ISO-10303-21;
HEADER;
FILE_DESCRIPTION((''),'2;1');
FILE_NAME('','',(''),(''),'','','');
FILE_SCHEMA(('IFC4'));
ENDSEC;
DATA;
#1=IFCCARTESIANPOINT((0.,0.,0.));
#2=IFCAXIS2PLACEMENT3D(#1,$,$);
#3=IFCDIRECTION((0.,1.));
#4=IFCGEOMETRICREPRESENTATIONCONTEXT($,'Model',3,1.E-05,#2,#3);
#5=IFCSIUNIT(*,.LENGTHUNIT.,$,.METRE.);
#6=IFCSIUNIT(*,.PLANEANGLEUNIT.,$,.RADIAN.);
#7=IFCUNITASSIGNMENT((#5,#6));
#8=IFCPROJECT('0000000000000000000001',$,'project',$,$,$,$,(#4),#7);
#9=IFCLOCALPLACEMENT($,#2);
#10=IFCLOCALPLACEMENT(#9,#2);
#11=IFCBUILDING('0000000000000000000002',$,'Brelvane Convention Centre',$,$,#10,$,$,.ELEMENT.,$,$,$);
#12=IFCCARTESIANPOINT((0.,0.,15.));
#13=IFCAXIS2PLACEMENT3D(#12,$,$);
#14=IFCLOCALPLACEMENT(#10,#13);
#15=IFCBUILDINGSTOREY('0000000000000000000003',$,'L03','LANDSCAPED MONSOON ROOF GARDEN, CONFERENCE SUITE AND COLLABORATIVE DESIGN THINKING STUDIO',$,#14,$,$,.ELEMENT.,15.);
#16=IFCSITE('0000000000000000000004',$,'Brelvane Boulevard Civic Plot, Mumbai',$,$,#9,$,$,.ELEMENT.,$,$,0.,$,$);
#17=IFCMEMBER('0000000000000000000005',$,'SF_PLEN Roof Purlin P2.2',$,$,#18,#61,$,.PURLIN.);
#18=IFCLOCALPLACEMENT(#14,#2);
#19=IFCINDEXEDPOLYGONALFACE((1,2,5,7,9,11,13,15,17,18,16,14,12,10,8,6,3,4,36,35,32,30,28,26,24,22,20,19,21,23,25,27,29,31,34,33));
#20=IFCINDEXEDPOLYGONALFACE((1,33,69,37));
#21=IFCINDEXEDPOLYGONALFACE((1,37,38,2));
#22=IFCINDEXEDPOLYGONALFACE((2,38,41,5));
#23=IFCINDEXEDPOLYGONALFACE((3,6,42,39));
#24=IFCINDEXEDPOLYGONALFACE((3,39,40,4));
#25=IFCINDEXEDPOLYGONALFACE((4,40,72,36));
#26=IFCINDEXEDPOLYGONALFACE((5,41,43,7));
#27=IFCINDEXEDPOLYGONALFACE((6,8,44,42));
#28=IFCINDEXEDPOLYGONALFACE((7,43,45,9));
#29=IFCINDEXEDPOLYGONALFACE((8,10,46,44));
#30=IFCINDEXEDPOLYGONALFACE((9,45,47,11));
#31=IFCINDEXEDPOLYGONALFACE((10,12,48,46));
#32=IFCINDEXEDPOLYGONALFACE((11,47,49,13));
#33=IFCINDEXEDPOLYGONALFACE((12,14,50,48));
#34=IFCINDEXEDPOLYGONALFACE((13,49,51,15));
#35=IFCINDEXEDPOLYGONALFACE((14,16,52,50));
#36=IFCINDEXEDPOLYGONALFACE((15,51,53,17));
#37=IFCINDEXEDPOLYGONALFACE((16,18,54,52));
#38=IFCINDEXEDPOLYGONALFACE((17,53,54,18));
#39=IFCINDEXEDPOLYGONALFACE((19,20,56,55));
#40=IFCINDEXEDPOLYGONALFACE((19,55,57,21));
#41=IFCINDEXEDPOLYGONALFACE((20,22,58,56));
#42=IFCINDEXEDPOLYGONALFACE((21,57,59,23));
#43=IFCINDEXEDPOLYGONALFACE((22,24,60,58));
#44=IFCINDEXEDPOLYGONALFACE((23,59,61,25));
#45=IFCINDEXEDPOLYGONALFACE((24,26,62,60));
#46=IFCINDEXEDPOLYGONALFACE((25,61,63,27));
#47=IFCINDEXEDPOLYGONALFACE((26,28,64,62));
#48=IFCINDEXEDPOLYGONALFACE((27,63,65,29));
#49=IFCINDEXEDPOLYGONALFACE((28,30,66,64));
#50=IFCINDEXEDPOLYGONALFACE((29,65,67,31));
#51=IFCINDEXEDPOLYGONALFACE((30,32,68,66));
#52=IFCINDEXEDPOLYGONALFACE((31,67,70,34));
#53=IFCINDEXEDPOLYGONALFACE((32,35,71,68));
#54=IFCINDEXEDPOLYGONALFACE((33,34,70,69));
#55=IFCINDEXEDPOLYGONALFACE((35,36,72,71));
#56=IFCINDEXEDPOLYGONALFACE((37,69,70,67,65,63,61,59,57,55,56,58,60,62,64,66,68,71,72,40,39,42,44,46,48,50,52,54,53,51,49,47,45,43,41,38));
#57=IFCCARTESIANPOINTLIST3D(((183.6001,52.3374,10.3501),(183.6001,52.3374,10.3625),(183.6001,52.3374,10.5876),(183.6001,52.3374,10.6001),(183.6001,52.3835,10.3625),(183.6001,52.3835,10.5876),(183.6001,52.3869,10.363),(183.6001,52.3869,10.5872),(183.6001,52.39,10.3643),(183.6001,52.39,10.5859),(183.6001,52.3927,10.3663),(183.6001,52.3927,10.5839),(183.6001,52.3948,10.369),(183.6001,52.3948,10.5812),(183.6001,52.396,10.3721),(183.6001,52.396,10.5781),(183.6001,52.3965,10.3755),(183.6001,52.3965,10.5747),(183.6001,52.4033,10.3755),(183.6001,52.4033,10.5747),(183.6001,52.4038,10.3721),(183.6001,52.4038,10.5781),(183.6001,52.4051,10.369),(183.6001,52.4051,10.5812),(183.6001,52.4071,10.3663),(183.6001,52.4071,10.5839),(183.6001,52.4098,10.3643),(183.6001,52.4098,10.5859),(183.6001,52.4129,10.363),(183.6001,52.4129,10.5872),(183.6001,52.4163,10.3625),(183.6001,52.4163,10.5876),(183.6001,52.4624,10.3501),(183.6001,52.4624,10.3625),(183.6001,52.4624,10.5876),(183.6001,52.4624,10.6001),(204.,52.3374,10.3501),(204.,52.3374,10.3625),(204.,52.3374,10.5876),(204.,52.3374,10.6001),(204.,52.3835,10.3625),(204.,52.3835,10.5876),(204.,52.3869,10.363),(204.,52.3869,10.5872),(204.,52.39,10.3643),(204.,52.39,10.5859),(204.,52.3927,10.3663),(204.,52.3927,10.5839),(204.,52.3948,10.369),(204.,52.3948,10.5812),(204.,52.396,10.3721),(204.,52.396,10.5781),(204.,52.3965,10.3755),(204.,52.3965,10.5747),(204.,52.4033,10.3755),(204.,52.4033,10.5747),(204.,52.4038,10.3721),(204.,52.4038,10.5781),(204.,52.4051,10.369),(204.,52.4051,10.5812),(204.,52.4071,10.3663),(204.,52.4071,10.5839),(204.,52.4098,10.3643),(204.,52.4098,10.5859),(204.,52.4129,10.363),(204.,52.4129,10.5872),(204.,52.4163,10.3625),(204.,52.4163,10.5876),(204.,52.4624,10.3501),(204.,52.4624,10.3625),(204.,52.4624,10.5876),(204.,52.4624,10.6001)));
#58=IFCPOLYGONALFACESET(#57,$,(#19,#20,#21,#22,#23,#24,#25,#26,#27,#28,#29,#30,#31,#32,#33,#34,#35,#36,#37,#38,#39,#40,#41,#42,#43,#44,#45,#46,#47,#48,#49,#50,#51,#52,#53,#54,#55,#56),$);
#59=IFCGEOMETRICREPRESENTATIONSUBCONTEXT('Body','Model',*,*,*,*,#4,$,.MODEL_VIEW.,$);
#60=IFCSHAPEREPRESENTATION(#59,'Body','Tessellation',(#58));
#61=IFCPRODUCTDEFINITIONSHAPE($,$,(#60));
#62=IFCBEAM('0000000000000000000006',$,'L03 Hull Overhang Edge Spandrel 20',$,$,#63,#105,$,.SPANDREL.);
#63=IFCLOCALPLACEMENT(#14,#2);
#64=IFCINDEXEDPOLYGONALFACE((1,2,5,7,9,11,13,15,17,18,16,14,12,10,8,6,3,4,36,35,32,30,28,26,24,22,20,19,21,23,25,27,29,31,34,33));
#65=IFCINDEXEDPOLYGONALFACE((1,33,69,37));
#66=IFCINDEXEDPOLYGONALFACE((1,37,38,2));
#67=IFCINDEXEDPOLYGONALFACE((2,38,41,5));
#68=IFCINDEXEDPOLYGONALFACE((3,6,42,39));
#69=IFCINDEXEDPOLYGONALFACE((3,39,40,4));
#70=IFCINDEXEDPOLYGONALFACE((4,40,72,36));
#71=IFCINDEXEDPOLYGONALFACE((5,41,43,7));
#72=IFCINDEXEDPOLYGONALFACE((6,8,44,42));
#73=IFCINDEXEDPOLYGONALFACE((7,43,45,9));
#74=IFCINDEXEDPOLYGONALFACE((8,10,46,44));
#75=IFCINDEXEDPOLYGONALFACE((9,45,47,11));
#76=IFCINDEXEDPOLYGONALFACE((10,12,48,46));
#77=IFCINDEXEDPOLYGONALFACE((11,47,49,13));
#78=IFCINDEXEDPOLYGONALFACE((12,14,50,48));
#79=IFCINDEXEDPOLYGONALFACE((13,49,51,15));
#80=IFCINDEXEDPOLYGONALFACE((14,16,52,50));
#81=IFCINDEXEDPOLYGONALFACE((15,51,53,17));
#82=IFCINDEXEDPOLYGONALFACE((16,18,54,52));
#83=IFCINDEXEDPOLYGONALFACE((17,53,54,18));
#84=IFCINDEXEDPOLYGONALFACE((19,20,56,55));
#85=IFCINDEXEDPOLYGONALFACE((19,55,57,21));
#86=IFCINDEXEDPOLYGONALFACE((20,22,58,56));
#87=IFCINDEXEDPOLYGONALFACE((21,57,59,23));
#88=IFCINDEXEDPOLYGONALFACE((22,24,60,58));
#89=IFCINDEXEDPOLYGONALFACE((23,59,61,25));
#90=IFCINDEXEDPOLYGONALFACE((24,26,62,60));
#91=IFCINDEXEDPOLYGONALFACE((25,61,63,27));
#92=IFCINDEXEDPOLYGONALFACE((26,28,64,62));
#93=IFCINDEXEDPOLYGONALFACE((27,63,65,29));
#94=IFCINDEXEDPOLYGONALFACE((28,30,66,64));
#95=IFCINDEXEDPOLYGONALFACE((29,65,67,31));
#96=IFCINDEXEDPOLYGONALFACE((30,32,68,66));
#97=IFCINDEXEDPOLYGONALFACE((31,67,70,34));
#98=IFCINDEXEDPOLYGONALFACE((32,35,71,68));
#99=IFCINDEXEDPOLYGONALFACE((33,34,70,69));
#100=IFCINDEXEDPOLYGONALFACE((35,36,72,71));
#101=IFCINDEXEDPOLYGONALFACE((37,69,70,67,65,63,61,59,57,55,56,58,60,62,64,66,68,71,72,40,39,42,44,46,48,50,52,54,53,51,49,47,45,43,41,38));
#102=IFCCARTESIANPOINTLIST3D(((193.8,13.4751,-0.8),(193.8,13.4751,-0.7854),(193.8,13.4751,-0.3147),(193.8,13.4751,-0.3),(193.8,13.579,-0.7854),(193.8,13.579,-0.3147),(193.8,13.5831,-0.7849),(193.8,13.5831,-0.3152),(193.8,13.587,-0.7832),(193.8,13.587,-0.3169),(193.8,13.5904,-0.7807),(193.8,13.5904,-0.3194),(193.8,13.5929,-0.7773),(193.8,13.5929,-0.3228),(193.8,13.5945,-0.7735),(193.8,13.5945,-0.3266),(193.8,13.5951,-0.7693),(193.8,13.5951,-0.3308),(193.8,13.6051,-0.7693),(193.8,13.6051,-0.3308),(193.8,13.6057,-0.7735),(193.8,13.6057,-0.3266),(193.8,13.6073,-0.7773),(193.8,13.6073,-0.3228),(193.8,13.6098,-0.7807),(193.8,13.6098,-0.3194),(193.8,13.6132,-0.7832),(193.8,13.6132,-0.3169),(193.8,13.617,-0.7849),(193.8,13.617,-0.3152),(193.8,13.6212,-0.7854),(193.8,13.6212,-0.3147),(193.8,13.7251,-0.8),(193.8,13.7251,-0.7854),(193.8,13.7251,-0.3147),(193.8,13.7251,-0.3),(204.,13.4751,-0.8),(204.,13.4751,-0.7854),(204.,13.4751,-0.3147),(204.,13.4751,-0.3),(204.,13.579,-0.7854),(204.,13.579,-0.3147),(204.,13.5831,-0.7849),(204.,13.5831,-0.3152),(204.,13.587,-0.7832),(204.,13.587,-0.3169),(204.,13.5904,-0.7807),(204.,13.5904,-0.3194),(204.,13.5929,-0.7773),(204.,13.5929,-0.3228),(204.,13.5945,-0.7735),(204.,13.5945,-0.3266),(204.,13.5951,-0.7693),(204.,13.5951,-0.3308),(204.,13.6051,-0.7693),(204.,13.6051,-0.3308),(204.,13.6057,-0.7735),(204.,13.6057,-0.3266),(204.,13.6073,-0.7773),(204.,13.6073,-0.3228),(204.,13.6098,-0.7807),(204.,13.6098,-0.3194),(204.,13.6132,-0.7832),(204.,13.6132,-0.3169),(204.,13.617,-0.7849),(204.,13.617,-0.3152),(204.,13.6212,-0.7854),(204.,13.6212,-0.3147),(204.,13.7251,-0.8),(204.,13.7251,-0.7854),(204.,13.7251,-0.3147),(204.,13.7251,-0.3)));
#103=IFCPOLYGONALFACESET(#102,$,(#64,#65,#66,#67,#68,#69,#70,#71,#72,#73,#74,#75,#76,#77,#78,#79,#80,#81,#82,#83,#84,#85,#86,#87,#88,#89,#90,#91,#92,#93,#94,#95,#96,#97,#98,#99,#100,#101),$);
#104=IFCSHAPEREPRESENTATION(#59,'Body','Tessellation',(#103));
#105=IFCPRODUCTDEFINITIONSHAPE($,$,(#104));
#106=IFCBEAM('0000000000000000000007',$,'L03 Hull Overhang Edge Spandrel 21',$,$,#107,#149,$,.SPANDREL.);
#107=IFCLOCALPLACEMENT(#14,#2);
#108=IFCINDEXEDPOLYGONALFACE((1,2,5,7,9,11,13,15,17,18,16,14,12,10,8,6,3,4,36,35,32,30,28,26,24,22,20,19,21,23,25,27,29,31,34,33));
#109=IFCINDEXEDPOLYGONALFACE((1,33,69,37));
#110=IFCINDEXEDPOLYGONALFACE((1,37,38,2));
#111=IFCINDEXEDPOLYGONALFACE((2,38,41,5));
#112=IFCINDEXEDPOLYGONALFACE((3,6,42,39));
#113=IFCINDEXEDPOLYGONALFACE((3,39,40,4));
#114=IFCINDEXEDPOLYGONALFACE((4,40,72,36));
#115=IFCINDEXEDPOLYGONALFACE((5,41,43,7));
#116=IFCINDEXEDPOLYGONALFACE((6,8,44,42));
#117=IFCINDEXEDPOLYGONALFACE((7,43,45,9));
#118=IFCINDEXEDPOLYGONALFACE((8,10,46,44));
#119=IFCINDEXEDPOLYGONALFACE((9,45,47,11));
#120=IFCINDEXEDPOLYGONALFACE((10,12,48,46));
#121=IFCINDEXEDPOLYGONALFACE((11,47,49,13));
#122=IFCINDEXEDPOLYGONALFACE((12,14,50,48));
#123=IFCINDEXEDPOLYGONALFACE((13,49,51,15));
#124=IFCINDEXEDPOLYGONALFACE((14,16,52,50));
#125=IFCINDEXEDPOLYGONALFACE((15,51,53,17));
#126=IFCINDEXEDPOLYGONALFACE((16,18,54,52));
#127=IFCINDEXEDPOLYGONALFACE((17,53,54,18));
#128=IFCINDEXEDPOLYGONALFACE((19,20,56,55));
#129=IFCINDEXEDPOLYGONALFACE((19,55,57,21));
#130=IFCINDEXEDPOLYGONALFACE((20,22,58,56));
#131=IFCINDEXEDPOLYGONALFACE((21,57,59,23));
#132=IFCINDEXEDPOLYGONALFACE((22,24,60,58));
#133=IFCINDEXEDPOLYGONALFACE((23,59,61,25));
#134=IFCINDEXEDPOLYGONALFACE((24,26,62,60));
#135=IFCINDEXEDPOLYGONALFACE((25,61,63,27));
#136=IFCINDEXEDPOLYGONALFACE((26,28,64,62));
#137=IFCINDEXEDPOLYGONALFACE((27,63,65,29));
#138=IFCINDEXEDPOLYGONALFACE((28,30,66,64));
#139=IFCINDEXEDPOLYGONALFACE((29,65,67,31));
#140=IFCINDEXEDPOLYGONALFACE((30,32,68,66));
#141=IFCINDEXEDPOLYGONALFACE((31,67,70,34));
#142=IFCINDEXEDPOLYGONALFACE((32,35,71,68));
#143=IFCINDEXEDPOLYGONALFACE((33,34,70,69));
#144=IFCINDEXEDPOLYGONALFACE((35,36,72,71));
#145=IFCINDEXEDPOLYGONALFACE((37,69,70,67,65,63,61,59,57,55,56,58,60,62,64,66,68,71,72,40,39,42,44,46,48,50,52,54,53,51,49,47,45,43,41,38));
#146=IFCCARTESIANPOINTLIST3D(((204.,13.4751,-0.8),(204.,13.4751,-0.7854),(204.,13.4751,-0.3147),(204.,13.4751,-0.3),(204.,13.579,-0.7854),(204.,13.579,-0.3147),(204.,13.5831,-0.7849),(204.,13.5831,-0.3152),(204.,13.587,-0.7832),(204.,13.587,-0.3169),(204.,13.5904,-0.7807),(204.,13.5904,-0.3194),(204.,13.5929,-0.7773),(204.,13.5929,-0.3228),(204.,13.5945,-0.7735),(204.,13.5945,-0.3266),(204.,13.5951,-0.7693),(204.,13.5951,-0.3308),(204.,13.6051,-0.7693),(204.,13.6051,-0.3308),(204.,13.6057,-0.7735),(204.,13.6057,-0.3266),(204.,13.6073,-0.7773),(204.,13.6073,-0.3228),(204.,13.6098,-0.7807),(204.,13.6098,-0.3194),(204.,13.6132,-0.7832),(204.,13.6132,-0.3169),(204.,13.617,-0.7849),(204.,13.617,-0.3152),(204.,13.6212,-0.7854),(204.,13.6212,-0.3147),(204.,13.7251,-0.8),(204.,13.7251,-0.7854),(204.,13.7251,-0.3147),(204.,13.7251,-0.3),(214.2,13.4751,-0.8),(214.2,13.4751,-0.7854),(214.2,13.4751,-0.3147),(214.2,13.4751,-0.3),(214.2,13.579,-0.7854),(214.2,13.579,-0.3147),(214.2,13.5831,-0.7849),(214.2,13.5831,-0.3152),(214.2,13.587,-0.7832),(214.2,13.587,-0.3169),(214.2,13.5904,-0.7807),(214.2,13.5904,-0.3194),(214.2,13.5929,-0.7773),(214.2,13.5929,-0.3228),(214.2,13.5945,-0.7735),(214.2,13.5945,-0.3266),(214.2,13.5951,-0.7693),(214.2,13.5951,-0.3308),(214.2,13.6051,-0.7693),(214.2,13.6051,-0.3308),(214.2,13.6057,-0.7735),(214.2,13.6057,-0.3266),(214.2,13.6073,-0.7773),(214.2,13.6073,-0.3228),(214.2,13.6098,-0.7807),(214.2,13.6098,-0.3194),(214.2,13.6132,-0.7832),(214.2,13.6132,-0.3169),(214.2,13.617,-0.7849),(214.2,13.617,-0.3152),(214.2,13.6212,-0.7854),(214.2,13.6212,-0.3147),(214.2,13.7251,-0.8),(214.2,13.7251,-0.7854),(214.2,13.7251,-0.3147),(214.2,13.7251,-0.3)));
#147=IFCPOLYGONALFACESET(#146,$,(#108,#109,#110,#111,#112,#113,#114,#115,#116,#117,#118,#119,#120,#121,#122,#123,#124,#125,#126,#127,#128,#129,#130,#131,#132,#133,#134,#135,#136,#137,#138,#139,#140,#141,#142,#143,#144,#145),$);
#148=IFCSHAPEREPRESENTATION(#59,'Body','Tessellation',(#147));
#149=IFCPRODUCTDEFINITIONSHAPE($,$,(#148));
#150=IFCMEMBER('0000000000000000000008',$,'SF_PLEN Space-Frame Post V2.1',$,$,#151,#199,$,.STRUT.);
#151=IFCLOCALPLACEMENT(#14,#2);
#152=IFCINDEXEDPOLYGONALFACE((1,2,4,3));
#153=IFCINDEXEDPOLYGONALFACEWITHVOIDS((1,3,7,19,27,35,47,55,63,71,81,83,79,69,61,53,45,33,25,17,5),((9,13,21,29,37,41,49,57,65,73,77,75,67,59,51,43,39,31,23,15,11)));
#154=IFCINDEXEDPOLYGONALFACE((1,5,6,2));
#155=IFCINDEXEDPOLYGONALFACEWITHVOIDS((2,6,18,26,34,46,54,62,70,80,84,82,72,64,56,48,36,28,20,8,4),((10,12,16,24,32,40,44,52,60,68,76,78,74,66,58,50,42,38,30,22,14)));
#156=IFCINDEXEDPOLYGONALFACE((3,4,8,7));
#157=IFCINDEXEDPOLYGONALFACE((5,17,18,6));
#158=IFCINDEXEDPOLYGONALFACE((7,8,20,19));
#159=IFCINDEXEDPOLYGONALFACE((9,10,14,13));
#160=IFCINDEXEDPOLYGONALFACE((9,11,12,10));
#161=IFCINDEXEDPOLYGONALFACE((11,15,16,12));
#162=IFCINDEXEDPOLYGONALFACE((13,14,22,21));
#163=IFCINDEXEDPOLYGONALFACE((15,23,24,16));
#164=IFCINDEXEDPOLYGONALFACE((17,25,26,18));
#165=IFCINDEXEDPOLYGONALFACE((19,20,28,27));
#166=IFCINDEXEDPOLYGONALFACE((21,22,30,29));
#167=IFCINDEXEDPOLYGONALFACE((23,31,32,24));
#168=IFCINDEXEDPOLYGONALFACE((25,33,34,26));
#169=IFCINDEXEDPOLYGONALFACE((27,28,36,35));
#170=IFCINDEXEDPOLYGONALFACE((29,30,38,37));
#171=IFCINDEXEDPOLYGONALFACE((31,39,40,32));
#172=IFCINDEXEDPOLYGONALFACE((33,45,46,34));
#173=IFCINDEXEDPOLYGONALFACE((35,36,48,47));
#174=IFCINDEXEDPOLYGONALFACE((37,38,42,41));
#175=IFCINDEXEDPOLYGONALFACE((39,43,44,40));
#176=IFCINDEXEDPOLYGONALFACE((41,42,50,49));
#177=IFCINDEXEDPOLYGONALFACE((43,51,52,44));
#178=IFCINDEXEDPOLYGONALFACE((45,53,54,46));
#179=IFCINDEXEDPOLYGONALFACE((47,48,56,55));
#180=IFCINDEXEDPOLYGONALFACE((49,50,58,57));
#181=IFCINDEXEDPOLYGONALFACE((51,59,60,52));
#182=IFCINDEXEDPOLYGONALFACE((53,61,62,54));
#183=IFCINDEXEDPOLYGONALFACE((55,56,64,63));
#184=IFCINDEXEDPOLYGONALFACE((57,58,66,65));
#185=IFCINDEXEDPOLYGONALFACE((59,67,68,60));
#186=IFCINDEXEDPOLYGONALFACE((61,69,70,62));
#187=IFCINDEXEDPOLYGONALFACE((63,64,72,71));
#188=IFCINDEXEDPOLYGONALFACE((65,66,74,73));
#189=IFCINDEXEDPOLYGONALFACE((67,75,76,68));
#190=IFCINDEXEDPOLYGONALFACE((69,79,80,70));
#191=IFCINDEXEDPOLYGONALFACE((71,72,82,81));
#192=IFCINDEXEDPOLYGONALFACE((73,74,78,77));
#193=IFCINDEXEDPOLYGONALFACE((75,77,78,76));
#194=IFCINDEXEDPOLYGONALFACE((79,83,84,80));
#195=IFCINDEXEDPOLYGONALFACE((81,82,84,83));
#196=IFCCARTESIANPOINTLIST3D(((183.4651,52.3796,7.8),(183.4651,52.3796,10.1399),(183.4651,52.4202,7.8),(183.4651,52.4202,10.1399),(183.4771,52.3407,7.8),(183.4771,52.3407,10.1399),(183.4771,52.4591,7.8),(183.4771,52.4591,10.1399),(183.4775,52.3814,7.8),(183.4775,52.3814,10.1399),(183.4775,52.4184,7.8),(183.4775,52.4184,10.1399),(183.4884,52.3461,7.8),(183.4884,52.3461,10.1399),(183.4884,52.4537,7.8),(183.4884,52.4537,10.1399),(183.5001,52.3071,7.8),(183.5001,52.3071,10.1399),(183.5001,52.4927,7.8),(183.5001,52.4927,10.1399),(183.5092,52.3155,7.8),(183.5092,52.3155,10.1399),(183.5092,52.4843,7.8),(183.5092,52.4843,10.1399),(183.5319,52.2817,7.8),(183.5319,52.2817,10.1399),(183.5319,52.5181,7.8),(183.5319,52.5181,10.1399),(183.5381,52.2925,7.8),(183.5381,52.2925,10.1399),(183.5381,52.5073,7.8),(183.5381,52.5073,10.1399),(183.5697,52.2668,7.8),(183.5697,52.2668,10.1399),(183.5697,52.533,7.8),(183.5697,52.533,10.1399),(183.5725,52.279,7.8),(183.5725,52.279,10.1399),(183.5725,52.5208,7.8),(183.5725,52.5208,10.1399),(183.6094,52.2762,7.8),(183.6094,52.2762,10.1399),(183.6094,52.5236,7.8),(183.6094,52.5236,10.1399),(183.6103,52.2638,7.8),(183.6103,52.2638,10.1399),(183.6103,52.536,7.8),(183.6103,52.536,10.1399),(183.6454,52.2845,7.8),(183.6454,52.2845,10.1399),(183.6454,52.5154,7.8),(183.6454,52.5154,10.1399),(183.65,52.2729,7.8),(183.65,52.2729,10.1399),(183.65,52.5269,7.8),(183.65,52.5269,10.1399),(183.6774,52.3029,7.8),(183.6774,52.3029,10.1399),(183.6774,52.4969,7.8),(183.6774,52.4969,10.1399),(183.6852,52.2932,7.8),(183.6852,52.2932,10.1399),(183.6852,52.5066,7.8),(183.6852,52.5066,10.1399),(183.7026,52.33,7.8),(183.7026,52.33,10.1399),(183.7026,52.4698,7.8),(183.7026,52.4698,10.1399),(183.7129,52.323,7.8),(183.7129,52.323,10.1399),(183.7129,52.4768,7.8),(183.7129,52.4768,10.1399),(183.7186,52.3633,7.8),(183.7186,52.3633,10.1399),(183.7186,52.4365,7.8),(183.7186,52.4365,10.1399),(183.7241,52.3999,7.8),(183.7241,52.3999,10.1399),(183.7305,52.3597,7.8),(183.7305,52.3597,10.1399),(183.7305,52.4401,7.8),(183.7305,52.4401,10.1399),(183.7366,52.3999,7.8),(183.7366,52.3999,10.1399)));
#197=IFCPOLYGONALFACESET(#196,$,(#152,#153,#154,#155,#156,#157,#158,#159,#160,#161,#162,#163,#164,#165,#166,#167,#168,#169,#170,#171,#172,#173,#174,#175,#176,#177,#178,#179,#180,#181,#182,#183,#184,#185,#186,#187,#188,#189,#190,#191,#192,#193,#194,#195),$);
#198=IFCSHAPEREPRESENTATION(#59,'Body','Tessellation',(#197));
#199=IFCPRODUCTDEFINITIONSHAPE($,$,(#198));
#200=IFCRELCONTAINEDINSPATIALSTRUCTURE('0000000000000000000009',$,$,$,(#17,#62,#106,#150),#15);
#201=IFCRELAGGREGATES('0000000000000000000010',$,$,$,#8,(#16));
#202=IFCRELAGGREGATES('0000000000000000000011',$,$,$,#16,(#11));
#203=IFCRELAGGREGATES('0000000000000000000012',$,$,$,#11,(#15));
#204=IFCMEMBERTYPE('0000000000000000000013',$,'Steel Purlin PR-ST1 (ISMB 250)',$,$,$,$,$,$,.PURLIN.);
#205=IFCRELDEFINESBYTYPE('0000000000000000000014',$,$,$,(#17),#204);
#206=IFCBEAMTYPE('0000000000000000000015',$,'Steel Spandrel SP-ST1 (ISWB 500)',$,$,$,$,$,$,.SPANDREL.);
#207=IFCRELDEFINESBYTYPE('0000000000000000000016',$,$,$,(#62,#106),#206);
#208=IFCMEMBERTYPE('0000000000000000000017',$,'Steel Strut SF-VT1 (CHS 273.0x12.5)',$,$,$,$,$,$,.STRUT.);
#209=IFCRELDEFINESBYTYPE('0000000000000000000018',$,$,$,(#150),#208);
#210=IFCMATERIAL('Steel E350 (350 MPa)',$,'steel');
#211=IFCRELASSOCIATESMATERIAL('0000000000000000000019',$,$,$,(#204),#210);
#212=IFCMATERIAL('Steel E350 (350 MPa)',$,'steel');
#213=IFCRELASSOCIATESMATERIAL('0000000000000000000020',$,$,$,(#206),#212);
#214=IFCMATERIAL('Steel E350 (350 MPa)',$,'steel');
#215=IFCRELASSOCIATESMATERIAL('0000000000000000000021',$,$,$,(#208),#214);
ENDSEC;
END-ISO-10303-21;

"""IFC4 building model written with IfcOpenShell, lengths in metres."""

from ifc_helpers import new_model, si_unit, direction, frame, origin, origin_2d, place, context, subcontext, project, spatial, hollow_circle, i_section, extrude, material, material_profile, profile_set, type_object, element, save


model = new_model("IFC4")

# Units and contexts
model_context = context("Model", 3, precision=1e-05, world=origin(), true_north=direction((0.0, 1.0)))
body_context = subcontext(model_context, "Body", "Model", "MODEL_VIEW")
ifc_project = project(units=[si_unit("LENGTHUNIT", "METRE"), si_unit("PLANEANGLEUNIT", "RADIAN")], contexts=[model_context])

# Site, building, storey
site_placement = place(None, origin())
site = spatial("IfcSite", under=ifc_project, at=site_placement, Name="Brelvane Boulevard Civic Plot, Mumbai", CompositionType="ELEMENT", RefElevation=0.0)
building_placement = place(site_placement, origin())
building = spatial("IfcBuilding", under=site, at=building_placement, Name="Brelvane Convention Centre", CompositionType="ELEMENT")
storey_placement = place(building_placement, frame((0.0, 0.0, 15.0)))
storey = spatial("IfcBuildingStorey", under=building, at=storey_placement, Name="L03", Description="LANDSCAPED MONSOON ROOF GARDEN, CONFERENCE SUITE AND COLLABORATIVE DESIGN THINKING STUDIO", CompositionType="ELEMENT", Elevation=15.0)

# Member
ifc_material_1 = material(Name="Steel E350 (350 MPa)", Category="steel")
ifc_material_profile_1 = material_profile(ifc_material_1, i_section(OverallWidth=0.125, OverallDepth=0.25, WebThickness=0.0068, FlangeThickness=0.0125, FilletRadius=0.0129, at=origin_2d()), Name="ISMB 250")
ifc_profile_set_1 = profile_set([ifc_material_profile_1], Name="Steel E350 (350 MPa)")
member_type_1 = type_object("IfcMemberType", Name="Steel Purlin PR-ST1 (ISMB 250)", PredefinedType="PURLIN", material=ifc_profile_set_1)
member_1_placement = place(storey_placement, frame((183.6001, 52.3999, 10.4751), z_axis=(1.0, 0.0, 0.0), x_axis=(0.0, 1.0, 0.0)))
element("IfcMember", 1, at=member_1_placement, inside=storey, type_object=member_type_1, Name="SF_PLEN Roof Purlin P2.2", PredefinedType="PURLIN", context=body_context, shape_type="SweptSolid", body=[
    extrude(i_section(OverallWidth=0.125, OverallDepth=0.25, WebThickness=0.0068, FlangeThickness=0.0125, FilletRadius=0.0129, at=origin_2d()), origin(), (0.0, 0.0, 1.0), 20.3999),
])

# Beams
ifc_material_2 = material(Name="Steel E350 (350 MPa)", Category="steel")
ifc_material_profile_2 = material_profile(ifc_material_2, i_section(OverallWidth=0.25, OverallDepth=0.5, WebThickness=0.01, FlangeThickness=0.0146, FilletRadius=0.0161, at=origin_2d()), Name="ISWB 500")
ifc_profile_set_2 = profile_set([ifc_material_profile_2], Name="Steel E350 (350 MPa)")
beam_type_1 = type_object("IfcBeamType", Name="Steel Spandrel SP-ST1 (ISWB 500)", PredefinedType="SPANDREL", material=ifc_profile_set_2)
for number, where, z_axis, x_axis, name in (
    (2, (193.8, 13.6001, -0.55), (1.0, 0.0, 0.0), (0.0, 1.0, 0.0), "L03 Hull Overhang Edge Spandrel 20"),
    (3, (204.0, 13.6001, -0.55), (1.0, 0.0, 0.0), (0.0, 1.0, 0.0), "L03 Hull Overhang Edge Spandrel 21"),
):
    element("IfcBeam", number, at=place(storey_placement, frame(where, z_axis=z_axis, x_axis=x_axis)), inside=storey, type_object=beam_type_1, Name=name, PredefinedType="SPANDREL", context=body_context, shape_type="SweptSolid", body=[
        extrude(i_section(OverallWidth=0.25, OverallDepth=0.5, WebThickness=0.01, FlangeThickness=0.0146, FilletRadius=0.0161, at=origin_2d()), origin(), (0.0, 0.0, 1.0), 10.2),
    ])

# Member
ifc_material_3 = material(Name="Steel E350 (350 MPa)", Category="steel")
ifc_material_profile_3 = material_profile(ifc_material_3, hollow_circle(Radius=0.1365, WallThickness=0.0125, at=origin_2d()), Name="CHS 273.0x12.5")
ifc_profile_set_3 = profile_set([ifc_material_profile_3], Name="Steel E350 (350 MPa)")
member_type_2 = type_object("IfcMemberType", Name="Steel Strut SF-VT1 (CHS 273.0x12.5)", PredefinedType="STRUT", material=ifc_profile_set_3)
member_2_placement = place(storey_placement, frame((183.6001, 52.3999, 7.8), z_axis=(0.0, 0.0, 1.0), x_axis=(1.0, 0.0, 0.0)))
element("IfcMember", 4, at=member_2_placement, inside=storey, type_object=member_type_2, Name="SF_PLEN Space-Frame Post V2.1", PredefinedType="STRUT", context=body_context, shape_type="SweptSolid", body=[
    extrude(hollow_circle(Radius=0.1365, WallThickness=0.0125, at=origin_2d()), origin(), (0.0, 0.0, 1.0), 2.3398),
])

save(model, "model.ifc")
